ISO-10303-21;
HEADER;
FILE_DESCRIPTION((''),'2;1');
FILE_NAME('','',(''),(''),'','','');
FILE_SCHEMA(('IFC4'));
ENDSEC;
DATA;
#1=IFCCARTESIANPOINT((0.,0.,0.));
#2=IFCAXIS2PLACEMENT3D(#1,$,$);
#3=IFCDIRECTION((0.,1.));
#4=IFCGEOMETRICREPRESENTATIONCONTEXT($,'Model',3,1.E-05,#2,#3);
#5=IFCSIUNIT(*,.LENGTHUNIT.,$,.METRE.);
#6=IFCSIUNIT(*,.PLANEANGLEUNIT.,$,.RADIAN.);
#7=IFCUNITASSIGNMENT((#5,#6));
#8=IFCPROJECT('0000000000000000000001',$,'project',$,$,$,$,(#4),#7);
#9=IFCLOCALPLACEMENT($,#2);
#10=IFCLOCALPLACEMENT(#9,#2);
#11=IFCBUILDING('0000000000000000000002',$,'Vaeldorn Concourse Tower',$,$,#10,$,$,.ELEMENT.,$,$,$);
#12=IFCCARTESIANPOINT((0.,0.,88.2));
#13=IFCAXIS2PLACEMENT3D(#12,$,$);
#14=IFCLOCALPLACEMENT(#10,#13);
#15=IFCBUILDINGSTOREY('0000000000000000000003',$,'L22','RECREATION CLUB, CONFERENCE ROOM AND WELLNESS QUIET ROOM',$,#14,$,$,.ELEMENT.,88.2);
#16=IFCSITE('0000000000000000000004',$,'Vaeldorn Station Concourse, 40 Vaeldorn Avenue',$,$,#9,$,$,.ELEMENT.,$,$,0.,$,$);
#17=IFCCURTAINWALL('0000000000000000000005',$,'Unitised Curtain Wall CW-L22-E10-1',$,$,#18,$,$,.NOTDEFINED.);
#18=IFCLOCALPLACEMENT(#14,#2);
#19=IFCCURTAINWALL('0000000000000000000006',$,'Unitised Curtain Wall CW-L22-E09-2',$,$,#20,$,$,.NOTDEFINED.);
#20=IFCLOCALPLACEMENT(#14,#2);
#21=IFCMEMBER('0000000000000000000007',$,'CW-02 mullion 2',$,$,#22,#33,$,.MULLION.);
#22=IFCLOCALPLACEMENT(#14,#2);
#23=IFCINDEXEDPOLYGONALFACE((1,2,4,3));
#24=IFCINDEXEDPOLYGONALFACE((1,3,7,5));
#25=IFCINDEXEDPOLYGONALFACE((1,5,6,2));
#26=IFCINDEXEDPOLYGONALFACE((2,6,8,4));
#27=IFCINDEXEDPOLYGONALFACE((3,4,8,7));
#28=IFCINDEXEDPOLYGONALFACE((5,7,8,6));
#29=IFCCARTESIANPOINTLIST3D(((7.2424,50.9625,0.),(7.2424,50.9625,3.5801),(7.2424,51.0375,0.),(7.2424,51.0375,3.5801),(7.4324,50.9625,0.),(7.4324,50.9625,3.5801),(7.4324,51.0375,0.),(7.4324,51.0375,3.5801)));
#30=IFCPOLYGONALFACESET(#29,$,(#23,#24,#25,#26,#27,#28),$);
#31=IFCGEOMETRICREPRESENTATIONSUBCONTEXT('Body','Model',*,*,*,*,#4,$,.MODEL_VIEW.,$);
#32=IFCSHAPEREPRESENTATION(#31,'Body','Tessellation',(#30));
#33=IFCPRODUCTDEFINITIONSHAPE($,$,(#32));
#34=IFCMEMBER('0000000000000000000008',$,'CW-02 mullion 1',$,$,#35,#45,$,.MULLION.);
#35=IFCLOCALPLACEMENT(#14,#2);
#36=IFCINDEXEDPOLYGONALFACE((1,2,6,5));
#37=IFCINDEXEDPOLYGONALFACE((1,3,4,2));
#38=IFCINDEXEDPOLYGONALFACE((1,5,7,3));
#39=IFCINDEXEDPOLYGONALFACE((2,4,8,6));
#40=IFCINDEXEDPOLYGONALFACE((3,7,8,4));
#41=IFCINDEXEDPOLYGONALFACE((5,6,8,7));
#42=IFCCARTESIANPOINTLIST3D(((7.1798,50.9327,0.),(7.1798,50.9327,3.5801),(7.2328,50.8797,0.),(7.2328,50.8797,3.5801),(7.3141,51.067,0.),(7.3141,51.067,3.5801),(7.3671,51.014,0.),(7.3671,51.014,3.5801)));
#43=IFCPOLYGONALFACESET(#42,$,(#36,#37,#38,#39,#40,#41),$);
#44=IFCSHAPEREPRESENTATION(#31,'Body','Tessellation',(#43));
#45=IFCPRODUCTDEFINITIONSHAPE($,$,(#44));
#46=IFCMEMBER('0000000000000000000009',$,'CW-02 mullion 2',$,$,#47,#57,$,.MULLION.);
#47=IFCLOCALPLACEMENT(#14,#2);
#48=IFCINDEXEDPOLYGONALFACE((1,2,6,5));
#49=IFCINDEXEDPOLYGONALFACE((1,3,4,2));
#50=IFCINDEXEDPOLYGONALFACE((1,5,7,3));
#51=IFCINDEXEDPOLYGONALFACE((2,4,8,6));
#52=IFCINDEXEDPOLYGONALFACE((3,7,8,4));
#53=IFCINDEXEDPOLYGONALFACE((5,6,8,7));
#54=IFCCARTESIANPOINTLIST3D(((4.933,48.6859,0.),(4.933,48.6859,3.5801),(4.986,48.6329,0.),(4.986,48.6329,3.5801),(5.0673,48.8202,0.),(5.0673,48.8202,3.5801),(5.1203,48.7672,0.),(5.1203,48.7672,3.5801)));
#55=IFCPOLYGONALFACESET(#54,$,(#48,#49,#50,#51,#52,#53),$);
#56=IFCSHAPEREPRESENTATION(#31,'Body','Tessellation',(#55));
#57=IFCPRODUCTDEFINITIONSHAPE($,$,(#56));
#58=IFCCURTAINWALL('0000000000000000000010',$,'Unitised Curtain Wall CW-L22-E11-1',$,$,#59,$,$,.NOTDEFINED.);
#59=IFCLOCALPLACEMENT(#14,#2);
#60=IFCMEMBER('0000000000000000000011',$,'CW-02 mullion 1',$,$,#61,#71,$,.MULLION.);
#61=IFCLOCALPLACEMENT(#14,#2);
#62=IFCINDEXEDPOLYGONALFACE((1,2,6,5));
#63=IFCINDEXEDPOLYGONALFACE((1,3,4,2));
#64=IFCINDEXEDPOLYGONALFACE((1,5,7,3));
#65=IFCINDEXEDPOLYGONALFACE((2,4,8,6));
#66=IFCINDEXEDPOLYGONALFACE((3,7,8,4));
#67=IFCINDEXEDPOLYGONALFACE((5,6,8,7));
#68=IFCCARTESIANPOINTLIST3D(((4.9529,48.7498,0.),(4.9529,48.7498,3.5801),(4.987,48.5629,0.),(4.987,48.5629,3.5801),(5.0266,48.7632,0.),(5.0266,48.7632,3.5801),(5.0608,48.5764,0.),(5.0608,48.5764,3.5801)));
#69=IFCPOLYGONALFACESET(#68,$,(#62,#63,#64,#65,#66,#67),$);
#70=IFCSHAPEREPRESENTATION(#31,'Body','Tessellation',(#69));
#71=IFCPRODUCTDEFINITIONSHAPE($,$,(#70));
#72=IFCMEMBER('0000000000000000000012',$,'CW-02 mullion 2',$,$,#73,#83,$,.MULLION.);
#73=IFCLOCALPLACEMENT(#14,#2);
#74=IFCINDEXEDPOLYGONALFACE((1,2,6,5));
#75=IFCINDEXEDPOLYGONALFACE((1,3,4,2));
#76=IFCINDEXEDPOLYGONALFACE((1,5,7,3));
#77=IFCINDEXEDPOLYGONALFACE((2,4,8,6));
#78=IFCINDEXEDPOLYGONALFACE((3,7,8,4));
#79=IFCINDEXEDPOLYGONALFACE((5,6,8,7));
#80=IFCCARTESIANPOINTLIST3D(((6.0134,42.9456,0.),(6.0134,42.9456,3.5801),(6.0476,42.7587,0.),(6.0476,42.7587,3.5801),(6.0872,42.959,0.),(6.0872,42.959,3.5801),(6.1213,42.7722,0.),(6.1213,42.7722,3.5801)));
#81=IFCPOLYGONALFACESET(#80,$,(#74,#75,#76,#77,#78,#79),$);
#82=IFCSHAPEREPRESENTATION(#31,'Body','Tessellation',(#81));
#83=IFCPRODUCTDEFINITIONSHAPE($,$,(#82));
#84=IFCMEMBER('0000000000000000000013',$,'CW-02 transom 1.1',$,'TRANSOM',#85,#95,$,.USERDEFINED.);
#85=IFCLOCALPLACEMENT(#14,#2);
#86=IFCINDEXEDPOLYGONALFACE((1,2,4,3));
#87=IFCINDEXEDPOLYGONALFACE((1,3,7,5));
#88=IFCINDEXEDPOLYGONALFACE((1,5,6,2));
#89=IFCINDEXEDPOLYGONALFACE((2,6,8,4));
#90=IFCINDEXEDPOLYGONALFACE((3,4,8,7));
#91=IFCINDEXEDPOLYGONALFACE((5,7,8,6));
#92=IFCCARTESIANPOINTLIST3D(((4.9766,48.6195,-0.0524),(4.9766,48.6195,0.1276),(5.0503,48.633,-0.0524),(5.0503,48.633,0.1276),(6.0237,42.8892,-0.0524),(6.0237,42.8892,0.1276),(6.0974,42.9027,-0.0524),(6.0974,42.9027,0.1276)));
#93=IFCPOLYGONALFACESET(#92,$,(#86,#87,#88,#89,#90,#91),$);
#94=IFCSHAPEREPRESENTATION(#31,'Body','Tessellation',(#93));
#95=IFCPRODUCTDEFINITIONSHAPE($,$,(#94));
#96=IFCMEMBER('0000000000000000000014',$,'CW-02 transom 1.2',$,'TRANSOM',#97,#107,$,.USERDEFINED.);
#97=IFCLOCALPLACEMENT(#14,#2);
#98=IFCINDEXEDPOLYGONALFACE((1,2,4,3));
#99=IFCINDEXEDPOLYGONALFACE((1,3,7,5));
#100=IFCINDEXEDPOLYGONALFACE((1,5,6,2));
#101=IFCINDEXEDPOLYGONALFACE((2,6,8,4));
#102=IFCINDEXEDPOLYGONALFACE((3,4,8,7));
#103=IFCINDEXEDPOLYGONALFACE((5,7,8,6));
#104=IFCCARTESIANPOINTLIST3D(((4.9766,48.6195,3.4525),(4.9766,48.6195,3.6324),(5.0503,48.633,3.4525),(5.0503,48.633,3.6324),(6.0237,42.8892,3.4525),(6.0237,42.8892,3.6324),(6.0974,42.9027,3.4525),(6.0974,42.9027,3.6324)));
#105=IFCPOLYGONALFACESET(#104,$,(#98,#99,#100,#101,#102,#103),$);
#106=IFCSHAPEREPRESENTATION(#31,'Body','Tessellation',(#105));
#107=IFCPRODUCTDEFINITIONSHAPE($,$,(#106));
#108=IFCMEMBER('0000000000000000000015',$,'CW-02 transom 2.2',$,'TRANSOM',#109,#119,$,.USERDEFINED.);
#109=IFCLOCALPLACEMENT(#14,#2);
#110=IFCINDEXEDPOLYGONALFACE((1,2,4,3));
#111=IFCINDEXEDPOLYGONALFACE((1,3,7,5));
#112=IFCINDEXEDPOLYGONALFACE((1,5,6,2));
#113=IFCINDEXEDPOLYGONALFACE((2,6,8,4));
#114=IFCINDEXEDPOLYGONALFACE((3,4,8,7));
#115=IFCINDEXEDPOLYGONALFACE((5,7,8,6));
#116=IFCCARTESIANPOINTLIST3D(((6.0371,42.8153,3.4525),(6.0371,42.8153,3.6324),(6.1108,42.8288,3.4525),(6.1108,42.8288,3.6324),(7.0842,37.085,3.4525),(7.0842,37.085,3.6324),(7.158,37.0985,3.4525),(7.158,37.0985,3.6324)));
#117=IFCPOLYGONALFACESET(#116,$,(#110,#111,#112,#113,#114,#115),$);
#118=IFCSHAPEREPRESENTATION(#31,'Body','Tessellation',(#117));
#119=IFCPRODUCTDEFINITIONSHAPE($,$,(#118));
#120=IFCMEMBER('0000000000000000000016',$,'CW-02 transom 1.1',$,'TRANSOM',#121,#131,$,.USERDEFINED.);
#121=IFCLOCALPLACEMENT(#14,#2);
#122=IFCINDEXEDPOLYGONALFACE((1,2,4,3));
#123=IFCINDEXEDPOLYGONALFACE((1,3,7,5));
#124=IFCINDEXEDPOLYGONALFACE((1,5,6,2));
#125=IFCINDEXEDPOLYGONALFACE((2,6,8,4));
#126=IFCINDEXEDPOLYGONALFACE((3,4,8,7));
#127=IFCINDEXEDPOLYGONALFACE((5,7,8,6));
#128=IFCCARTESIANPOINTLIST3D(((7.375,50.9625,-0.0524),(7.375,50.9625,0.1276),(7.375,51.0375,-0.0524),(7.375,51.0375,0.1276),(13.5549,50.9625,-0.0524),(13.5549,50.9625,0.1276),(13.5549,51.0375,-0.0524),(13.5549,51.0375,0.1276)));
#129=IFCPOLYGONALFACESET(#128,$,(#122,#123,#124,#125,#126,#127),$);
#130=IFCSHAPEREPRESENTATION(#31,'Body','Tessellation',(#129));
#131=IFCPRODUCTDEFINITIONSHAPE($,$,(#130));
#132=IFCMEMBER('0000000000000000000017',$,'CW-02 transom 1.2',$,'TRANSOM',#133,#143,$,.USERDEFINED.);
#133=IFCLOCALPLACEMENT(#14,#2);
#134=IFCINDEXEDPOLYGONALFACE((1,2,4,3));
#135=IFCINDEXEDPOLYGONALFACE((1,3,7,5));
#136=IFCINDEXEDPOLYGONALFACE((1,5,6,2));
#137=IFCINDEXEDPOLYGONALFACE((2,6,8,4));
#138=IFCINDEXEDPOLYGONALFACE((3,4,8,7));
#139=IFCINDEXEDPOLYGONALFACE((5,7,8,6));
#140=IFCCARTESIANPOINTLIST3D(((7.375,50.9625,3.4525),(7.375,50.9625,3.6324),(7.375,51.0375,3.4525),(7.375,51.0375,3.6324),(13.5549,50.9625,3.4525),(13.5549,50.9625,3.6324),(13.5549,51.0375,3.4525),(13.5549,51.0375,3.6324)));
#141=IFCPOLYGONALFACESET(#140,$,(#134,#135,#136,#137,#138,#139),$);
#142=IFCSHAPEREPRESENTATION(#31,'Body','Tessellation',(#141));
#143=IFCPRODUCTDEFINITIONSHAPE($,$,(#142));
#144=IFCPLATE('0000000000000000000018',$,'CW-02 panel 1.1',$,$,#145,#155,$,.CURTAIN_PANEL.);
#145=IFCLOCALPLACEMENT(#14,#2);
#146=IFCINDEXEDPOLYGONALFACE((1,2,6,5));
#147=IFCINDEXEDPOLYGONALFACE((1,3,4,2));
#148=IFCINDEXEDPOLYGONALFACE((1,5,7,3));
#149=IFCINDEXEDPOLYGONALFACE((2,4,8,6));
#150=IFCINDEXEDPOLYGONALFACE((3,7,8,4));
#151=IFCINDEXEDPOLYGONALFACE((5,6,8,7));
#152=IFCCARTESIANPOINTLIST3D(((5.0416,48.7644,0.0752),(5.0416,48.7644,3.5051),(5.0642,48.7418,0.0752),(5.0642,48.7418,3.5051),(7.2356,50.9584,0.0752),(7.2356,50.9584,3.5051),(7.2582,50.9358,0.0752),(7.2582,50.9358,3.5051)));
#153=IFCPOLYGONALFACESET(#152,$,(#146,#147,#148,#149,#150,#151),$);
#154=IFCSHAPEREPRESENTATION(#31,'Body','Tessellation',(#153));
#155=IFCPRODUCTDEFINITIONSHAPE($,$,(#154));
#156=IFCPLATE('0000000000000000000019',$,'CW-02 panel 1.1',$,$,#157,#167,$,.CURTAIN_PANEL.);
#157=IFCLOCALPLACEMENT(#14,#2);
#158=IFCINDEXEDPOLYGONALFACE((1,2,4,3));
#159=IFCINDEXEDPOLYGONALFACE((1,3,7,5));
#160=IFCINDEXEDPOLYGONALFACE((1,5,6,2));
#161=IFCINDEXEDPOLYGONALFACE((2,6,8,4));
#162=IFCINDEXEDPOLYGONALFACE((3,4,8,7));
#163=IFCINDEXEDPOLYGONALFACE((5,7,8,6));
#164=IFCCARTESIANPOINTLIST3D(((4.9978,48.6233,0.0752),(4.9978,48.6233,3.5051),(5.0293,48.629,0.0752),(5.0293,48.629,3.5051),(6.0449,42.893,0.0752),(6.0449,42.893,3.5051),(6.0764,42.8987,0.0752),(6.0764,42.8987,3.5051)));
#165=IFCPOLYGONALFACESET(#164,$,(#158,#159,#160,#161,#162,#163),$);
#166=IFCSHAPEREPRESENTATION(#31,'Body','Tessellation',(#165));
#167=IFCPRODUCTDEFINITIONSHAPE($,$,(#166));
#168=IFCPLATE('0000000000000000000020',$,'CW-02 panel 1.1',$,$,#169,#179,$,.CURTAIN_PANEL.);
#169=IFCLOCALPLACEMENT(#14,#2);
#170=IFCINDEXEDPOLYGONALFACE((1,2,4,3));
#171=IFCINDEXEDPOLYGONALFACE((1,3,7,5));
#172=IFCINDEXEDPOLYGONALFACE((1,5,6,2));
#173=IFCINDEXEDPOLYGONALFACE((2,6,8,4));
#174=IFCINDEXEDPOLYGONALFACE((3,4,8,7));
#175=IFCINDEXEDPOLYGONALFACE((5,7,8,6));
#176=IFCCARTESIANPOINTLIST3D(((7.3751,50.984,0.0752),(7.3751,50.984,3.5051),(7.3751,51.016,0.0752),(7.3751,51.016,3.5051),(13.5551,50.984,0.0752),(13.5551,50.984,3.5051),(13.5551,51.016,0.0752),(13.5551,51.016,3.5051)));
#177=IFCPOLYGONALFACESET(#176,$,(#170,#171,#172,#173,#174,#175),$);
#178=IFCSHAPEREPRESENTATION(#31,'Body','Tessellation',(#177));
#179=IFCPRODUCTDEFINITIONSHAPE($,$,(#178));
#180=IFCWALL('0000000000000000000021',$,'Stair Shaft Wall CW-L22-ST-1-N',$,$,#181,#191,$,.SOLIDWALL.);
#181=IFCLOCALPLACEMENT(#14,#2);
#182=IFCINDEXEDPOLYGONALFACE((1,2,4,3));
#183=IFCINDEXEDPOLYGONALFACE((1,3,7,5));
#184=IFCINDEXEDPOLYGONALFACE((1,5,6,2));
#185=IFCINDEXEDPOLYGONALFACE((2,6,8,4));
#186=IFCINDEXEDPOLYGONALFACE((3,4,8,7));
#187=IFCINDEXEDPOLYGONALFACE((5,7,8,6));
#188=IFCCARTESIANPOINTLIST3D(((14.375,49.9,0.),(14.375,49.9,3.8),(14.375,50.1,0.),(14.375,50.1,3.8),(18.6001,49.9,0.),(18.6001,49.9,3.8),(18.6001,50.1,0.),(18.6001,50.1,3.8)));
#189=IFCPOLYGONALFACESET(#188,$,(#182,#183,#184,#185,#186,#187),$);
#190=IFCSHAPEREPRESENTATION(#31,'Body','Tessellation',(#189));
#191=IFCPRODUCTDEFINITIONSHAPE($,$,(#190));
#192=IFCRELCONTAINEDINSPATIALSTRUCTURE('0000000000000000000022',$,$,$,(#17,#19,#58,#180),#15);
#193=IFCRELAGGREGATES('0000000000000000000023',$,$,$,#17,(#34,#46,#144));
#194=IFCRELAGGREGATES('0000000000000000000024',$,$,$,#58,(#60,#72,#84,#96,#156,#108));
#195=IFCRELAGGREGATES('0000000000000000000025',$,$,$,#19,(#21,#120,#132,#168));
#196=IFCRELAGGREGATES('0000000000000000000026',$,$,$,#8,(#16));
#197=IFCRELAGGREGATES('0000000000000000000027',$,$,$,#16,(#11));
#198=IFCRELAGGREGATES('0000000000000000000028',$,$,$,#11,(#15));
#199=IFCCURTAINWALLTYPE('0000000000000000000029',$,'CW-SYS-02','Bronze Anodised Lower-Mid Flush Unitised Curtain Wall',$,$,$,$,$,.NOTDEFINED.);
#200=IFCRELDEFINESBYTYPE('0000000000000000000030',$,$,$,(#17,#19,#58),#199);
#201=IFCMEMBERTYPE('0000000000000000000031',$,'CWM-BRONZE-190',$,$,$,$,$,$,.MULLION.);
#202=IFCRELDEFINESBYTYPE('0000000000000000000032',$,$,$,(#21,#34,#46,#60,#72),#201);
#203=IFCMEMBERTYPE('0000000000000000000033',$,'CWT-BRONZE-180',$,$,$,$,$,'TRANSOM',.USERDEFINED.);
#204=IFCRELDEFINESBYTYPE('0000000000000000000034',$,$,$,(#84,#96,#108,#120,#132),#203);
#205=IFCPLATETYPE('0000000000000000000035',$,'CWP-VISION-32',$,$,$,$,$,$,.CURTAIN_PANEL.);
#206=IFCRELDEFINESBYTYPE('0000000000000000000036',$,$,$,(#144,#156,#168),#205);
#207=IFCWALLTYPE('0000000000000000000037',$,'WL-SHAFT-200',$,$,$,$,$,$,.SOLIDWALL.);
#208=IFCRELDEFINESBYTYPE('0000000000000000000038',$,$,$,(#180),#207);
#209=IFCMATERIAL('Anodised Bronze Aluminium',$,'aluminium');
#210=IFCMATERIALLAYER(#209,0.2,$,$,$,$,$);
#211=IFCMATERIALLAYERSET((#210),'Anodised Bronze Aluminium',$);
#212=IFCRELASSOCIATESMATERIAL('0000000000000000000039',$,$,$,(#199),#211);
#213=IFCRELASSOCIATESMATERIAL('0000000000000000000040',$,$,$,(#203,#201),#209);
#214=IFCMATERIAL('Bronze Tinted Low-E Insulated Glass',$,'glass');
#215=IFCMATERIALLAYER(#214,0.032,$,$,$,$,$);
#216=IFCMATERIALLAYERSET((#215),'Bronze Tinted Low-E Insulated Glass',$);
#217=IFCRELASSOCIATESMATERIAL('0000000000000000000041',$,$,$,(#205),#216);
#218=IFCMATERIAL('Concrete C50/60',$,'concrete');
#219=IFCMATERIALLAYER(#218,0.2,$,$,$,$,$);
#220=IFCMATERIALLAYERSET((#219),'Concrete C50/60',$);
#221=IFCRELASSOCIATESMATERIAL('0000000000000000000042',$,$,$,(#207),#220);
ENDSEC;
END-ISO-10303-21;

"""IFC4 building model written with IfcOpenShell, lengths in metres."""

from ifc_helpers import new_model, si_unit, direction, frame, frame_2d, origin, origin_2d, place, context, subcontext, project, spatial, rectangle, extrude, source, transform, mapped, material, layer, layer_set, material_profile, profile_set, type_object, element, aggregate, save


model = new_model("IFC4")

# Units and contexts
model_context = context("Model", 3, precision=1e-05, world=origin(), true_north=direction((0.0, 1.0)))
body_context = subcontext(model_context, "Body", "Model", "MODEL_VIEW")
ifc_project = project(units=[si_unit("LENGTHUNIT", "METRE"), si_unit("PLANEANGLEUNIT", "RADIAN")], contexts=[model_context])

# Site, building, storey
site_placement = place(None, origin())
site = spatial("IfcSite", under=ifc_project, at=site_placement, Name="Vaeldorn Station Concourse, 40 Vaeldorn Avenue", CompositionType="ELEMENT", RefElevation=0.0)
building_placement = place(site_placement, origin())
building = spatial("IfcBuilding", under=site, at=building_placement, Name="Vaeldorn Concourse Tower", CompositionType="ELEMENT")
storey_placement = place(building_placement, frame((0.0, 0.0, 88.2)))
storey = spatial("IfcBuildingStorey", under=building, at=storey_placement, Name="L22", Description="RECREATION CLUB, CONFERENCE ROOM AND WELLNESS QUIET ROOM", CompositionType="ELEMENT", Elevation=88.2)

# Curtain walls, member
ifc_material_1 = material(Name="Anodised Bronze Aluminium", Category="aluminium")
ifc_layer_1 = layer(ifc_material_1, 0.2)
ifc_layer_set_1 = layer_set([ifc_layer_1], Name="Anodised Bronze Aluminium")
curtain_wall_type = type_object("IfcCurtainWallType", Name="CW-SYS-02", Description="Bronze Anodised Lower-Mid Flush Unitised Curtain Wall", PredefinedType="NOTDEFINED", material=ifc_layer_set_1)
curtain_wall_1_placement = place(storey_placement, origin())
curtain_wall_1 = element("IfcCurtainWall", 1, at=curtain_wall_1_placement, inside=storey, type_object=curtain_wall_type, Name="Unitised Curtain Wall CW-L22-E10-1", PredefinedType="NOTDEFINED")
ifc_material_profile_1 = material_profile(ifc_material_1, rectangle(XDim=0.075, YDim=0.1799, at=origin_2d()), Name="CWT 75x180")
ifc_profile_set_1 = profile_set([ifc_material_profile_1], Name="Anodised Bronze Aluminium")
member_type_1 = type_object("IfcMemberType", Name="CWT-BRONZE-180", ElementType="TRANSOM", PredefinedType="USERDEFINED", material=ifc_profile_set_1)
curtain_wall_2_placement = place(storey_placement, origin())
curtain_wall_2 = element("IfcCurtainWall", 2, at=curtain_wall_2_placement, inside=storey, type_object=curtain_wall_type, Name="Unitised Curtain Wall CW-L22-E09-2", PredefinedType="NOTDEFINED")
ifc_material_profile_2 = material_profile(ifc_material_1, rectangle(XDim=0.075, YDim=0.1899, at=origin_2d()), Name="CWM 75x190")
ifc_profile_set_2 = profile_set([ifc_material_profile_2], Name="Anodised Bronze Aluminium")
member_type_2 = type_object("IfcMemberType", Name="CWM-BRONZE-190", PredefinedType="MULLION", material=ifc_profile_set_2)
shared_shape_1 = source(origin(), body_context, "Body", "SweptSolid", [
    extrude(rectangle(XDim=0.075, YDim=0.1899, at=origin_2d()), origin(), (0.0, 0.0, 1.0), 3.5801),
])
member_1_placement = place(storey_placement, frame((7.3374, 51.0, 0.0), z_axis=(0.0, 0.0, 1.0), x_axis=(0.0, -1.0, 0.0)))
member_1 = element("IfcMember", 3, at=member_1_placement, type_object=member_type_2, Name="CW-02 mullion 2", PredefinedType="MULLION", context=body_context, shape_type="MappedRepresentation", body=[
    mapped(shared_shape_1, transform((0.0, 0.0, 0.0), scale=1.0)),
])

# Members
member_2_placement = place(storey_placement, frame((7.2734, 50.9734, 0.0), z_axis=(0.0, 0.0, 1.0), x_axis=(0.707107, -0.707107, 0.0)))
member_2 = element("IfcMember", 4, at=member_2_placement, type_object=member_type_2, Name="CW-02 mullion 1", PredefinedType="MULLION", context=body_context, shape_type="MappedRepresentation", body=[
    mapped(shared_shape_1, transform((0.0, 0.0, 0.0), scale=1.0)),
])
member_3_placement = place(storey_placement, frame((5.0266, 48.7266, 0.0), z_axis=(0.0, 0.0, 1.0), x_axis=(0.707107, -0.707107, 0.0)))
member_3 = element("IfcMember", 5, at=member_3_placement, type_object=member_type_2, Name="CW-02 mullion 2", PredefinedType="MULLION", context=body_context, shape_type="MappedRepresentation", body=[
    mapped(shared_shape_1, transform((0.0, 0.0, 0.0), scale=1.0)),
])

# Curtain wall, members
curtain_wall_3_placement = place(storey_placement, origin())
curtain_wall_3 = element("IfcCurtainWall", 6, at=curtain_wall_3_placement, inside=storey, type_object=curtain_wall_type, Name="Unitised Curtain Wall CW-L22-E11-1", PredefinedType="NOTDEFINED")
member_4_placement = place(storey_placement, frame((5.0068, 48.6631, 0.0), z_axis=(0.0, 0.0, 1.0), x_axis=(0.983712, 0.179749, 0.0)))
member_4 = element("IfcMember", 7, at=member_4_placement, type_object=member_type_2, Name="CW-02 mullion 1", PredefinedType="MULLION", context=body_context, shape_type="MappedRepresentation", body=[
    mapped(shared_shape_1, transform((0.0, 0.0, 0.0), scale=1.0)),
])
member_5_placement = place(storey_placement, frame((6.0674, 42.8589, 0.0), z_axis=(0.0, 0.0, 1.0), x_axis=(0.983712, 0.179749, 0.0)))
member_5 = element("IfcMember", 8, at=member_5_placement, type_object=member_type_2, Name="CW-02 mullion 2", PredefinedType="MULLION", context=body_context, shape_type="MappedRepresentation", body=[
    mapped(shared_shape_1, transform((0.0, 0.0, 0.0), scale=1.0)),
])
shared_shape_2 = source(origin(), body_context, "Body", "SweptSolid", [
    extrude(rectangle(XDim=0.075, YDim=0.1799, at=origin_2d()), origin(), (0.0, 0.0, 1.0), 5.8252),
])
member_6_placement = place(storey_placement, frame((5.0134, 48.6262, 0.0376), z_axis=(0.179759, -0.983711, 0.0), x_axis=(0.983711, 0.179759, 0.0)))
member_6 = element("IfcMember", 9, at=member_6_placement, type_object=member_type_1, Name="CW-02 transom 1.1", ObjectType="TRANSOM", PredefinedType="USERDEFINED", context=body_context, shape_type="MappedRepresentation", body=[
    mapped(shared_shape_2, transform((0.0, 0.0, 0.0), scale=1.0)),
])
member_7_placement = place(storey_placement, frame((5.0134, 48.6262, 3.5425), z_axis=(0.179759, -0.983711, 0.0), x_axis=(0.983711, 0.179759, 0.0)))
member_7 = element("IfcMember", 10, at=member_7_placement, type_object=member_type_1, Name="CW-02 transom 1.2", ObjectType="TRANSOM", PredefinedType="USERDEFINED", context=body_context, shape_type="MappedRepresentation", body=[
    mapped(shared_shape_2, transform((0.0, 0.0, 0.0), scale=1.0)),
])
member_8_placement = place(storey_placement, frame((6.074, 42.822, 3.5425), z_axis=(0.179759, -0.983711, 0.0), x_axis=(0.983711, 0.179759, 0.0)))
member_8 = element("IfcMember", 11, at=member_8_placement, type_object=member_type_1, Name="CW-02 transom 2.2", ObjectType="TRANSOM", PredefinedType="USERDEFINED", context=body_context, shape_type="MappedRepresentation", body=[
    mapped(shared_shape_2, transform((0.0, 0.0, 0.0), scale=1.0)),
])

# Members
shared_shape_3 = source(origin(), body_context, "Body", "SweptSolid", [
    extrude(rectangle(XDim=0.075, YDim=0.1799, at=origin_2d()), origin(), (0.0, 0.0, 1.0), 6.1799),
])
member_9_placement = place(storey_placement, frame((13.5549, 51.0, 0.0376), z_axis=(-1.0, 0.0, 0.0), x_axis=(0.0, -1.0, 0.0)))
member_9 = element("IfcMember", 12, at=member_9_placement, type_object=member_type_1, Name="CW-02 transom 1.1", ObjectType="TRANSOM", PredefinedType="USERDEFINED", context=body_context, shape_type="MappedRepresentation", body=[
    mapped(shared_shape_3, transform((0.0, 0.0, 0.0), scale=1.0)),
])
member_10_placement = place(storey_placement, frame((13.5549, 51.0, 3.5425), z_axis=(-1.0, 0.0, 0.0), x_axis=(0.0, -1.0, 0.0)))
member_10 = element("IfcMember", 13, at=member_10_placement, type_object=member_type_1, Name="CW-02 transom 1.2", ObjectType="TRANSOM", PredefinedType="USERDEFINED", context=body_context, shape_type="MappedRepresentation", body=[
    mapped(shared_shape_3, transform((0.0, 0.0, 0.0), scale=1.0)),
])

# Plates
ifc_material_2 = material(Name="Bronze Tinted Low-E Insulated Glass", Category="glass")
ifc_layer_2 = layer(ifc_material_2, 0.032)
ifc_layer_set_2 = layer_set([ifc_layer_2], Name="Bronze Tinted Low-E Insulated Glass")
plate_type = type_object("IfcPlateType", Name="CWP-VISION-32", PredefinedType="CURTAIN_PANEL", material=ifc_layer_set_2)
shared_shape_4 = source(origin(), body_context, "Body", "SweptSolid", [
    extrude(rectangle(XDim=3.1028, YDim=0.032, at=origin_2d()), origin(), (0.0, 0.0, 1.0), 3.4299),
])
plate_1_placement = place(storey_placement, frame((6.1499, 49.8501, 0.0752), z_axis=(0.0, 0.0, 1.0), x_axis=(-0.707107, -0.707107, 0.0)))
plate_1 = element("IfcPlate", 14, at=plate_1_placement, type_object=plate_type, Name="CW-02 panel 1.1", PredefinedType="CURTAIN_PANEL", context=body_context, shape_type="MappedRepresentation", body=[
    mapped(shared_shape_4, transform((0.0, 0.0, 0.0), scale=1.0)),
])
aggregate(curtain_wall_1, [member_2, member_3, plate_1])
shared_shape_5 = source(origin(), body_context, "Body", "SweptSolid", [
    extrude(rectangle(XDim=5.8252, YDim=0.032, at=origin_2d()), origin(), (0.0, 0.0, 1.0), 3.4299),
])
plate_2_placement = place(storey_placement, frame((5.5371, 45.761, 0.0752), z_axis=(0.0, 0.0, 1.0), x_axis=(0.179749, -0.983712, 0.0)))
plate_2 = element("IfcPlate", 15, at=plate_2_placement, type_object=plate_type, Name="CW-02 panel 1.1", PredefinedType="CURTAIN_PANEL", context=body_context, shape_type="MappedRepresentation", body=[
    mapped(shared_shape_5, transform((0.0, 0.0, 0.0), scale=1.0)),
])
aggregate(curtain_wall_3, [member_4, member_5, member_6, member_7, plate_2, member_8])
shared_shape_6 = source(origin(), body_context, "Body", "SweptSolid", [
    extrude(rectangle(XDim=6.1799, YDim=0.032, at=origin_2d()), origin(), (0.0, 0.0, 1.0), 3.4299),
])
plate_3_placement = place(storey_placement, frame((10.4651, 51.0, 0.0752), z_axis=(0.0, 0.0, 1.0), x_axis=(-1.0, 0.0, 0.0)))
plate_3 = element("IfcPlate", 16, at=plate_3_placement, type_object=plate_type, Name="CW-02 panel 1.1", PredefinedType="CURTAIN_PANEL", context=body_context, shape_type="MappedRepresentation", body=[
    mapped(shared_shape_6, transform((0.0, 0.0, 0.0), scale=1.0)),
])
aggregate(curtain_wall_2, [member_1, member_9, member_10, plate_3])

# Wall
ifc_material_3 = material(Name="Concrete C50/60", Category="concrete")
ifc_layer_3 = layer(ifc_material_3, 0.2)
ifc_layer_set_3 = layer_set([ifc_layer_3], Name="Concrete C50/60")
wall_type = type_object("IfcWallType", Name="WL-SHAFT-200", PredefinedType="SOLIDWALL", material=ifc_layer_set_3)
wall_placement = place(storey_placement, frame((14.375, 50.0, 0.0), z_axis=(0.0, 0.0, 1.0), x_axis=(1.0, 0.0, 0.0)))
element("IfcWall", 17, at=wall_placement, inside=storey, type_object=wall_type, Name="Stair Shaft Wall CW-L22-ST-1-N", PredefinedType="SOLIDWALL", context=body_context, shape_type="SweptSolid", body=[
    extrude(rectangle(XDim=4.2251, YDim=0.2, at=frame_2d((2.1125, 0.0))), origin(), (0.0, 0.0, 1.0), 3.8),
])

save(model, "model.ifc")
